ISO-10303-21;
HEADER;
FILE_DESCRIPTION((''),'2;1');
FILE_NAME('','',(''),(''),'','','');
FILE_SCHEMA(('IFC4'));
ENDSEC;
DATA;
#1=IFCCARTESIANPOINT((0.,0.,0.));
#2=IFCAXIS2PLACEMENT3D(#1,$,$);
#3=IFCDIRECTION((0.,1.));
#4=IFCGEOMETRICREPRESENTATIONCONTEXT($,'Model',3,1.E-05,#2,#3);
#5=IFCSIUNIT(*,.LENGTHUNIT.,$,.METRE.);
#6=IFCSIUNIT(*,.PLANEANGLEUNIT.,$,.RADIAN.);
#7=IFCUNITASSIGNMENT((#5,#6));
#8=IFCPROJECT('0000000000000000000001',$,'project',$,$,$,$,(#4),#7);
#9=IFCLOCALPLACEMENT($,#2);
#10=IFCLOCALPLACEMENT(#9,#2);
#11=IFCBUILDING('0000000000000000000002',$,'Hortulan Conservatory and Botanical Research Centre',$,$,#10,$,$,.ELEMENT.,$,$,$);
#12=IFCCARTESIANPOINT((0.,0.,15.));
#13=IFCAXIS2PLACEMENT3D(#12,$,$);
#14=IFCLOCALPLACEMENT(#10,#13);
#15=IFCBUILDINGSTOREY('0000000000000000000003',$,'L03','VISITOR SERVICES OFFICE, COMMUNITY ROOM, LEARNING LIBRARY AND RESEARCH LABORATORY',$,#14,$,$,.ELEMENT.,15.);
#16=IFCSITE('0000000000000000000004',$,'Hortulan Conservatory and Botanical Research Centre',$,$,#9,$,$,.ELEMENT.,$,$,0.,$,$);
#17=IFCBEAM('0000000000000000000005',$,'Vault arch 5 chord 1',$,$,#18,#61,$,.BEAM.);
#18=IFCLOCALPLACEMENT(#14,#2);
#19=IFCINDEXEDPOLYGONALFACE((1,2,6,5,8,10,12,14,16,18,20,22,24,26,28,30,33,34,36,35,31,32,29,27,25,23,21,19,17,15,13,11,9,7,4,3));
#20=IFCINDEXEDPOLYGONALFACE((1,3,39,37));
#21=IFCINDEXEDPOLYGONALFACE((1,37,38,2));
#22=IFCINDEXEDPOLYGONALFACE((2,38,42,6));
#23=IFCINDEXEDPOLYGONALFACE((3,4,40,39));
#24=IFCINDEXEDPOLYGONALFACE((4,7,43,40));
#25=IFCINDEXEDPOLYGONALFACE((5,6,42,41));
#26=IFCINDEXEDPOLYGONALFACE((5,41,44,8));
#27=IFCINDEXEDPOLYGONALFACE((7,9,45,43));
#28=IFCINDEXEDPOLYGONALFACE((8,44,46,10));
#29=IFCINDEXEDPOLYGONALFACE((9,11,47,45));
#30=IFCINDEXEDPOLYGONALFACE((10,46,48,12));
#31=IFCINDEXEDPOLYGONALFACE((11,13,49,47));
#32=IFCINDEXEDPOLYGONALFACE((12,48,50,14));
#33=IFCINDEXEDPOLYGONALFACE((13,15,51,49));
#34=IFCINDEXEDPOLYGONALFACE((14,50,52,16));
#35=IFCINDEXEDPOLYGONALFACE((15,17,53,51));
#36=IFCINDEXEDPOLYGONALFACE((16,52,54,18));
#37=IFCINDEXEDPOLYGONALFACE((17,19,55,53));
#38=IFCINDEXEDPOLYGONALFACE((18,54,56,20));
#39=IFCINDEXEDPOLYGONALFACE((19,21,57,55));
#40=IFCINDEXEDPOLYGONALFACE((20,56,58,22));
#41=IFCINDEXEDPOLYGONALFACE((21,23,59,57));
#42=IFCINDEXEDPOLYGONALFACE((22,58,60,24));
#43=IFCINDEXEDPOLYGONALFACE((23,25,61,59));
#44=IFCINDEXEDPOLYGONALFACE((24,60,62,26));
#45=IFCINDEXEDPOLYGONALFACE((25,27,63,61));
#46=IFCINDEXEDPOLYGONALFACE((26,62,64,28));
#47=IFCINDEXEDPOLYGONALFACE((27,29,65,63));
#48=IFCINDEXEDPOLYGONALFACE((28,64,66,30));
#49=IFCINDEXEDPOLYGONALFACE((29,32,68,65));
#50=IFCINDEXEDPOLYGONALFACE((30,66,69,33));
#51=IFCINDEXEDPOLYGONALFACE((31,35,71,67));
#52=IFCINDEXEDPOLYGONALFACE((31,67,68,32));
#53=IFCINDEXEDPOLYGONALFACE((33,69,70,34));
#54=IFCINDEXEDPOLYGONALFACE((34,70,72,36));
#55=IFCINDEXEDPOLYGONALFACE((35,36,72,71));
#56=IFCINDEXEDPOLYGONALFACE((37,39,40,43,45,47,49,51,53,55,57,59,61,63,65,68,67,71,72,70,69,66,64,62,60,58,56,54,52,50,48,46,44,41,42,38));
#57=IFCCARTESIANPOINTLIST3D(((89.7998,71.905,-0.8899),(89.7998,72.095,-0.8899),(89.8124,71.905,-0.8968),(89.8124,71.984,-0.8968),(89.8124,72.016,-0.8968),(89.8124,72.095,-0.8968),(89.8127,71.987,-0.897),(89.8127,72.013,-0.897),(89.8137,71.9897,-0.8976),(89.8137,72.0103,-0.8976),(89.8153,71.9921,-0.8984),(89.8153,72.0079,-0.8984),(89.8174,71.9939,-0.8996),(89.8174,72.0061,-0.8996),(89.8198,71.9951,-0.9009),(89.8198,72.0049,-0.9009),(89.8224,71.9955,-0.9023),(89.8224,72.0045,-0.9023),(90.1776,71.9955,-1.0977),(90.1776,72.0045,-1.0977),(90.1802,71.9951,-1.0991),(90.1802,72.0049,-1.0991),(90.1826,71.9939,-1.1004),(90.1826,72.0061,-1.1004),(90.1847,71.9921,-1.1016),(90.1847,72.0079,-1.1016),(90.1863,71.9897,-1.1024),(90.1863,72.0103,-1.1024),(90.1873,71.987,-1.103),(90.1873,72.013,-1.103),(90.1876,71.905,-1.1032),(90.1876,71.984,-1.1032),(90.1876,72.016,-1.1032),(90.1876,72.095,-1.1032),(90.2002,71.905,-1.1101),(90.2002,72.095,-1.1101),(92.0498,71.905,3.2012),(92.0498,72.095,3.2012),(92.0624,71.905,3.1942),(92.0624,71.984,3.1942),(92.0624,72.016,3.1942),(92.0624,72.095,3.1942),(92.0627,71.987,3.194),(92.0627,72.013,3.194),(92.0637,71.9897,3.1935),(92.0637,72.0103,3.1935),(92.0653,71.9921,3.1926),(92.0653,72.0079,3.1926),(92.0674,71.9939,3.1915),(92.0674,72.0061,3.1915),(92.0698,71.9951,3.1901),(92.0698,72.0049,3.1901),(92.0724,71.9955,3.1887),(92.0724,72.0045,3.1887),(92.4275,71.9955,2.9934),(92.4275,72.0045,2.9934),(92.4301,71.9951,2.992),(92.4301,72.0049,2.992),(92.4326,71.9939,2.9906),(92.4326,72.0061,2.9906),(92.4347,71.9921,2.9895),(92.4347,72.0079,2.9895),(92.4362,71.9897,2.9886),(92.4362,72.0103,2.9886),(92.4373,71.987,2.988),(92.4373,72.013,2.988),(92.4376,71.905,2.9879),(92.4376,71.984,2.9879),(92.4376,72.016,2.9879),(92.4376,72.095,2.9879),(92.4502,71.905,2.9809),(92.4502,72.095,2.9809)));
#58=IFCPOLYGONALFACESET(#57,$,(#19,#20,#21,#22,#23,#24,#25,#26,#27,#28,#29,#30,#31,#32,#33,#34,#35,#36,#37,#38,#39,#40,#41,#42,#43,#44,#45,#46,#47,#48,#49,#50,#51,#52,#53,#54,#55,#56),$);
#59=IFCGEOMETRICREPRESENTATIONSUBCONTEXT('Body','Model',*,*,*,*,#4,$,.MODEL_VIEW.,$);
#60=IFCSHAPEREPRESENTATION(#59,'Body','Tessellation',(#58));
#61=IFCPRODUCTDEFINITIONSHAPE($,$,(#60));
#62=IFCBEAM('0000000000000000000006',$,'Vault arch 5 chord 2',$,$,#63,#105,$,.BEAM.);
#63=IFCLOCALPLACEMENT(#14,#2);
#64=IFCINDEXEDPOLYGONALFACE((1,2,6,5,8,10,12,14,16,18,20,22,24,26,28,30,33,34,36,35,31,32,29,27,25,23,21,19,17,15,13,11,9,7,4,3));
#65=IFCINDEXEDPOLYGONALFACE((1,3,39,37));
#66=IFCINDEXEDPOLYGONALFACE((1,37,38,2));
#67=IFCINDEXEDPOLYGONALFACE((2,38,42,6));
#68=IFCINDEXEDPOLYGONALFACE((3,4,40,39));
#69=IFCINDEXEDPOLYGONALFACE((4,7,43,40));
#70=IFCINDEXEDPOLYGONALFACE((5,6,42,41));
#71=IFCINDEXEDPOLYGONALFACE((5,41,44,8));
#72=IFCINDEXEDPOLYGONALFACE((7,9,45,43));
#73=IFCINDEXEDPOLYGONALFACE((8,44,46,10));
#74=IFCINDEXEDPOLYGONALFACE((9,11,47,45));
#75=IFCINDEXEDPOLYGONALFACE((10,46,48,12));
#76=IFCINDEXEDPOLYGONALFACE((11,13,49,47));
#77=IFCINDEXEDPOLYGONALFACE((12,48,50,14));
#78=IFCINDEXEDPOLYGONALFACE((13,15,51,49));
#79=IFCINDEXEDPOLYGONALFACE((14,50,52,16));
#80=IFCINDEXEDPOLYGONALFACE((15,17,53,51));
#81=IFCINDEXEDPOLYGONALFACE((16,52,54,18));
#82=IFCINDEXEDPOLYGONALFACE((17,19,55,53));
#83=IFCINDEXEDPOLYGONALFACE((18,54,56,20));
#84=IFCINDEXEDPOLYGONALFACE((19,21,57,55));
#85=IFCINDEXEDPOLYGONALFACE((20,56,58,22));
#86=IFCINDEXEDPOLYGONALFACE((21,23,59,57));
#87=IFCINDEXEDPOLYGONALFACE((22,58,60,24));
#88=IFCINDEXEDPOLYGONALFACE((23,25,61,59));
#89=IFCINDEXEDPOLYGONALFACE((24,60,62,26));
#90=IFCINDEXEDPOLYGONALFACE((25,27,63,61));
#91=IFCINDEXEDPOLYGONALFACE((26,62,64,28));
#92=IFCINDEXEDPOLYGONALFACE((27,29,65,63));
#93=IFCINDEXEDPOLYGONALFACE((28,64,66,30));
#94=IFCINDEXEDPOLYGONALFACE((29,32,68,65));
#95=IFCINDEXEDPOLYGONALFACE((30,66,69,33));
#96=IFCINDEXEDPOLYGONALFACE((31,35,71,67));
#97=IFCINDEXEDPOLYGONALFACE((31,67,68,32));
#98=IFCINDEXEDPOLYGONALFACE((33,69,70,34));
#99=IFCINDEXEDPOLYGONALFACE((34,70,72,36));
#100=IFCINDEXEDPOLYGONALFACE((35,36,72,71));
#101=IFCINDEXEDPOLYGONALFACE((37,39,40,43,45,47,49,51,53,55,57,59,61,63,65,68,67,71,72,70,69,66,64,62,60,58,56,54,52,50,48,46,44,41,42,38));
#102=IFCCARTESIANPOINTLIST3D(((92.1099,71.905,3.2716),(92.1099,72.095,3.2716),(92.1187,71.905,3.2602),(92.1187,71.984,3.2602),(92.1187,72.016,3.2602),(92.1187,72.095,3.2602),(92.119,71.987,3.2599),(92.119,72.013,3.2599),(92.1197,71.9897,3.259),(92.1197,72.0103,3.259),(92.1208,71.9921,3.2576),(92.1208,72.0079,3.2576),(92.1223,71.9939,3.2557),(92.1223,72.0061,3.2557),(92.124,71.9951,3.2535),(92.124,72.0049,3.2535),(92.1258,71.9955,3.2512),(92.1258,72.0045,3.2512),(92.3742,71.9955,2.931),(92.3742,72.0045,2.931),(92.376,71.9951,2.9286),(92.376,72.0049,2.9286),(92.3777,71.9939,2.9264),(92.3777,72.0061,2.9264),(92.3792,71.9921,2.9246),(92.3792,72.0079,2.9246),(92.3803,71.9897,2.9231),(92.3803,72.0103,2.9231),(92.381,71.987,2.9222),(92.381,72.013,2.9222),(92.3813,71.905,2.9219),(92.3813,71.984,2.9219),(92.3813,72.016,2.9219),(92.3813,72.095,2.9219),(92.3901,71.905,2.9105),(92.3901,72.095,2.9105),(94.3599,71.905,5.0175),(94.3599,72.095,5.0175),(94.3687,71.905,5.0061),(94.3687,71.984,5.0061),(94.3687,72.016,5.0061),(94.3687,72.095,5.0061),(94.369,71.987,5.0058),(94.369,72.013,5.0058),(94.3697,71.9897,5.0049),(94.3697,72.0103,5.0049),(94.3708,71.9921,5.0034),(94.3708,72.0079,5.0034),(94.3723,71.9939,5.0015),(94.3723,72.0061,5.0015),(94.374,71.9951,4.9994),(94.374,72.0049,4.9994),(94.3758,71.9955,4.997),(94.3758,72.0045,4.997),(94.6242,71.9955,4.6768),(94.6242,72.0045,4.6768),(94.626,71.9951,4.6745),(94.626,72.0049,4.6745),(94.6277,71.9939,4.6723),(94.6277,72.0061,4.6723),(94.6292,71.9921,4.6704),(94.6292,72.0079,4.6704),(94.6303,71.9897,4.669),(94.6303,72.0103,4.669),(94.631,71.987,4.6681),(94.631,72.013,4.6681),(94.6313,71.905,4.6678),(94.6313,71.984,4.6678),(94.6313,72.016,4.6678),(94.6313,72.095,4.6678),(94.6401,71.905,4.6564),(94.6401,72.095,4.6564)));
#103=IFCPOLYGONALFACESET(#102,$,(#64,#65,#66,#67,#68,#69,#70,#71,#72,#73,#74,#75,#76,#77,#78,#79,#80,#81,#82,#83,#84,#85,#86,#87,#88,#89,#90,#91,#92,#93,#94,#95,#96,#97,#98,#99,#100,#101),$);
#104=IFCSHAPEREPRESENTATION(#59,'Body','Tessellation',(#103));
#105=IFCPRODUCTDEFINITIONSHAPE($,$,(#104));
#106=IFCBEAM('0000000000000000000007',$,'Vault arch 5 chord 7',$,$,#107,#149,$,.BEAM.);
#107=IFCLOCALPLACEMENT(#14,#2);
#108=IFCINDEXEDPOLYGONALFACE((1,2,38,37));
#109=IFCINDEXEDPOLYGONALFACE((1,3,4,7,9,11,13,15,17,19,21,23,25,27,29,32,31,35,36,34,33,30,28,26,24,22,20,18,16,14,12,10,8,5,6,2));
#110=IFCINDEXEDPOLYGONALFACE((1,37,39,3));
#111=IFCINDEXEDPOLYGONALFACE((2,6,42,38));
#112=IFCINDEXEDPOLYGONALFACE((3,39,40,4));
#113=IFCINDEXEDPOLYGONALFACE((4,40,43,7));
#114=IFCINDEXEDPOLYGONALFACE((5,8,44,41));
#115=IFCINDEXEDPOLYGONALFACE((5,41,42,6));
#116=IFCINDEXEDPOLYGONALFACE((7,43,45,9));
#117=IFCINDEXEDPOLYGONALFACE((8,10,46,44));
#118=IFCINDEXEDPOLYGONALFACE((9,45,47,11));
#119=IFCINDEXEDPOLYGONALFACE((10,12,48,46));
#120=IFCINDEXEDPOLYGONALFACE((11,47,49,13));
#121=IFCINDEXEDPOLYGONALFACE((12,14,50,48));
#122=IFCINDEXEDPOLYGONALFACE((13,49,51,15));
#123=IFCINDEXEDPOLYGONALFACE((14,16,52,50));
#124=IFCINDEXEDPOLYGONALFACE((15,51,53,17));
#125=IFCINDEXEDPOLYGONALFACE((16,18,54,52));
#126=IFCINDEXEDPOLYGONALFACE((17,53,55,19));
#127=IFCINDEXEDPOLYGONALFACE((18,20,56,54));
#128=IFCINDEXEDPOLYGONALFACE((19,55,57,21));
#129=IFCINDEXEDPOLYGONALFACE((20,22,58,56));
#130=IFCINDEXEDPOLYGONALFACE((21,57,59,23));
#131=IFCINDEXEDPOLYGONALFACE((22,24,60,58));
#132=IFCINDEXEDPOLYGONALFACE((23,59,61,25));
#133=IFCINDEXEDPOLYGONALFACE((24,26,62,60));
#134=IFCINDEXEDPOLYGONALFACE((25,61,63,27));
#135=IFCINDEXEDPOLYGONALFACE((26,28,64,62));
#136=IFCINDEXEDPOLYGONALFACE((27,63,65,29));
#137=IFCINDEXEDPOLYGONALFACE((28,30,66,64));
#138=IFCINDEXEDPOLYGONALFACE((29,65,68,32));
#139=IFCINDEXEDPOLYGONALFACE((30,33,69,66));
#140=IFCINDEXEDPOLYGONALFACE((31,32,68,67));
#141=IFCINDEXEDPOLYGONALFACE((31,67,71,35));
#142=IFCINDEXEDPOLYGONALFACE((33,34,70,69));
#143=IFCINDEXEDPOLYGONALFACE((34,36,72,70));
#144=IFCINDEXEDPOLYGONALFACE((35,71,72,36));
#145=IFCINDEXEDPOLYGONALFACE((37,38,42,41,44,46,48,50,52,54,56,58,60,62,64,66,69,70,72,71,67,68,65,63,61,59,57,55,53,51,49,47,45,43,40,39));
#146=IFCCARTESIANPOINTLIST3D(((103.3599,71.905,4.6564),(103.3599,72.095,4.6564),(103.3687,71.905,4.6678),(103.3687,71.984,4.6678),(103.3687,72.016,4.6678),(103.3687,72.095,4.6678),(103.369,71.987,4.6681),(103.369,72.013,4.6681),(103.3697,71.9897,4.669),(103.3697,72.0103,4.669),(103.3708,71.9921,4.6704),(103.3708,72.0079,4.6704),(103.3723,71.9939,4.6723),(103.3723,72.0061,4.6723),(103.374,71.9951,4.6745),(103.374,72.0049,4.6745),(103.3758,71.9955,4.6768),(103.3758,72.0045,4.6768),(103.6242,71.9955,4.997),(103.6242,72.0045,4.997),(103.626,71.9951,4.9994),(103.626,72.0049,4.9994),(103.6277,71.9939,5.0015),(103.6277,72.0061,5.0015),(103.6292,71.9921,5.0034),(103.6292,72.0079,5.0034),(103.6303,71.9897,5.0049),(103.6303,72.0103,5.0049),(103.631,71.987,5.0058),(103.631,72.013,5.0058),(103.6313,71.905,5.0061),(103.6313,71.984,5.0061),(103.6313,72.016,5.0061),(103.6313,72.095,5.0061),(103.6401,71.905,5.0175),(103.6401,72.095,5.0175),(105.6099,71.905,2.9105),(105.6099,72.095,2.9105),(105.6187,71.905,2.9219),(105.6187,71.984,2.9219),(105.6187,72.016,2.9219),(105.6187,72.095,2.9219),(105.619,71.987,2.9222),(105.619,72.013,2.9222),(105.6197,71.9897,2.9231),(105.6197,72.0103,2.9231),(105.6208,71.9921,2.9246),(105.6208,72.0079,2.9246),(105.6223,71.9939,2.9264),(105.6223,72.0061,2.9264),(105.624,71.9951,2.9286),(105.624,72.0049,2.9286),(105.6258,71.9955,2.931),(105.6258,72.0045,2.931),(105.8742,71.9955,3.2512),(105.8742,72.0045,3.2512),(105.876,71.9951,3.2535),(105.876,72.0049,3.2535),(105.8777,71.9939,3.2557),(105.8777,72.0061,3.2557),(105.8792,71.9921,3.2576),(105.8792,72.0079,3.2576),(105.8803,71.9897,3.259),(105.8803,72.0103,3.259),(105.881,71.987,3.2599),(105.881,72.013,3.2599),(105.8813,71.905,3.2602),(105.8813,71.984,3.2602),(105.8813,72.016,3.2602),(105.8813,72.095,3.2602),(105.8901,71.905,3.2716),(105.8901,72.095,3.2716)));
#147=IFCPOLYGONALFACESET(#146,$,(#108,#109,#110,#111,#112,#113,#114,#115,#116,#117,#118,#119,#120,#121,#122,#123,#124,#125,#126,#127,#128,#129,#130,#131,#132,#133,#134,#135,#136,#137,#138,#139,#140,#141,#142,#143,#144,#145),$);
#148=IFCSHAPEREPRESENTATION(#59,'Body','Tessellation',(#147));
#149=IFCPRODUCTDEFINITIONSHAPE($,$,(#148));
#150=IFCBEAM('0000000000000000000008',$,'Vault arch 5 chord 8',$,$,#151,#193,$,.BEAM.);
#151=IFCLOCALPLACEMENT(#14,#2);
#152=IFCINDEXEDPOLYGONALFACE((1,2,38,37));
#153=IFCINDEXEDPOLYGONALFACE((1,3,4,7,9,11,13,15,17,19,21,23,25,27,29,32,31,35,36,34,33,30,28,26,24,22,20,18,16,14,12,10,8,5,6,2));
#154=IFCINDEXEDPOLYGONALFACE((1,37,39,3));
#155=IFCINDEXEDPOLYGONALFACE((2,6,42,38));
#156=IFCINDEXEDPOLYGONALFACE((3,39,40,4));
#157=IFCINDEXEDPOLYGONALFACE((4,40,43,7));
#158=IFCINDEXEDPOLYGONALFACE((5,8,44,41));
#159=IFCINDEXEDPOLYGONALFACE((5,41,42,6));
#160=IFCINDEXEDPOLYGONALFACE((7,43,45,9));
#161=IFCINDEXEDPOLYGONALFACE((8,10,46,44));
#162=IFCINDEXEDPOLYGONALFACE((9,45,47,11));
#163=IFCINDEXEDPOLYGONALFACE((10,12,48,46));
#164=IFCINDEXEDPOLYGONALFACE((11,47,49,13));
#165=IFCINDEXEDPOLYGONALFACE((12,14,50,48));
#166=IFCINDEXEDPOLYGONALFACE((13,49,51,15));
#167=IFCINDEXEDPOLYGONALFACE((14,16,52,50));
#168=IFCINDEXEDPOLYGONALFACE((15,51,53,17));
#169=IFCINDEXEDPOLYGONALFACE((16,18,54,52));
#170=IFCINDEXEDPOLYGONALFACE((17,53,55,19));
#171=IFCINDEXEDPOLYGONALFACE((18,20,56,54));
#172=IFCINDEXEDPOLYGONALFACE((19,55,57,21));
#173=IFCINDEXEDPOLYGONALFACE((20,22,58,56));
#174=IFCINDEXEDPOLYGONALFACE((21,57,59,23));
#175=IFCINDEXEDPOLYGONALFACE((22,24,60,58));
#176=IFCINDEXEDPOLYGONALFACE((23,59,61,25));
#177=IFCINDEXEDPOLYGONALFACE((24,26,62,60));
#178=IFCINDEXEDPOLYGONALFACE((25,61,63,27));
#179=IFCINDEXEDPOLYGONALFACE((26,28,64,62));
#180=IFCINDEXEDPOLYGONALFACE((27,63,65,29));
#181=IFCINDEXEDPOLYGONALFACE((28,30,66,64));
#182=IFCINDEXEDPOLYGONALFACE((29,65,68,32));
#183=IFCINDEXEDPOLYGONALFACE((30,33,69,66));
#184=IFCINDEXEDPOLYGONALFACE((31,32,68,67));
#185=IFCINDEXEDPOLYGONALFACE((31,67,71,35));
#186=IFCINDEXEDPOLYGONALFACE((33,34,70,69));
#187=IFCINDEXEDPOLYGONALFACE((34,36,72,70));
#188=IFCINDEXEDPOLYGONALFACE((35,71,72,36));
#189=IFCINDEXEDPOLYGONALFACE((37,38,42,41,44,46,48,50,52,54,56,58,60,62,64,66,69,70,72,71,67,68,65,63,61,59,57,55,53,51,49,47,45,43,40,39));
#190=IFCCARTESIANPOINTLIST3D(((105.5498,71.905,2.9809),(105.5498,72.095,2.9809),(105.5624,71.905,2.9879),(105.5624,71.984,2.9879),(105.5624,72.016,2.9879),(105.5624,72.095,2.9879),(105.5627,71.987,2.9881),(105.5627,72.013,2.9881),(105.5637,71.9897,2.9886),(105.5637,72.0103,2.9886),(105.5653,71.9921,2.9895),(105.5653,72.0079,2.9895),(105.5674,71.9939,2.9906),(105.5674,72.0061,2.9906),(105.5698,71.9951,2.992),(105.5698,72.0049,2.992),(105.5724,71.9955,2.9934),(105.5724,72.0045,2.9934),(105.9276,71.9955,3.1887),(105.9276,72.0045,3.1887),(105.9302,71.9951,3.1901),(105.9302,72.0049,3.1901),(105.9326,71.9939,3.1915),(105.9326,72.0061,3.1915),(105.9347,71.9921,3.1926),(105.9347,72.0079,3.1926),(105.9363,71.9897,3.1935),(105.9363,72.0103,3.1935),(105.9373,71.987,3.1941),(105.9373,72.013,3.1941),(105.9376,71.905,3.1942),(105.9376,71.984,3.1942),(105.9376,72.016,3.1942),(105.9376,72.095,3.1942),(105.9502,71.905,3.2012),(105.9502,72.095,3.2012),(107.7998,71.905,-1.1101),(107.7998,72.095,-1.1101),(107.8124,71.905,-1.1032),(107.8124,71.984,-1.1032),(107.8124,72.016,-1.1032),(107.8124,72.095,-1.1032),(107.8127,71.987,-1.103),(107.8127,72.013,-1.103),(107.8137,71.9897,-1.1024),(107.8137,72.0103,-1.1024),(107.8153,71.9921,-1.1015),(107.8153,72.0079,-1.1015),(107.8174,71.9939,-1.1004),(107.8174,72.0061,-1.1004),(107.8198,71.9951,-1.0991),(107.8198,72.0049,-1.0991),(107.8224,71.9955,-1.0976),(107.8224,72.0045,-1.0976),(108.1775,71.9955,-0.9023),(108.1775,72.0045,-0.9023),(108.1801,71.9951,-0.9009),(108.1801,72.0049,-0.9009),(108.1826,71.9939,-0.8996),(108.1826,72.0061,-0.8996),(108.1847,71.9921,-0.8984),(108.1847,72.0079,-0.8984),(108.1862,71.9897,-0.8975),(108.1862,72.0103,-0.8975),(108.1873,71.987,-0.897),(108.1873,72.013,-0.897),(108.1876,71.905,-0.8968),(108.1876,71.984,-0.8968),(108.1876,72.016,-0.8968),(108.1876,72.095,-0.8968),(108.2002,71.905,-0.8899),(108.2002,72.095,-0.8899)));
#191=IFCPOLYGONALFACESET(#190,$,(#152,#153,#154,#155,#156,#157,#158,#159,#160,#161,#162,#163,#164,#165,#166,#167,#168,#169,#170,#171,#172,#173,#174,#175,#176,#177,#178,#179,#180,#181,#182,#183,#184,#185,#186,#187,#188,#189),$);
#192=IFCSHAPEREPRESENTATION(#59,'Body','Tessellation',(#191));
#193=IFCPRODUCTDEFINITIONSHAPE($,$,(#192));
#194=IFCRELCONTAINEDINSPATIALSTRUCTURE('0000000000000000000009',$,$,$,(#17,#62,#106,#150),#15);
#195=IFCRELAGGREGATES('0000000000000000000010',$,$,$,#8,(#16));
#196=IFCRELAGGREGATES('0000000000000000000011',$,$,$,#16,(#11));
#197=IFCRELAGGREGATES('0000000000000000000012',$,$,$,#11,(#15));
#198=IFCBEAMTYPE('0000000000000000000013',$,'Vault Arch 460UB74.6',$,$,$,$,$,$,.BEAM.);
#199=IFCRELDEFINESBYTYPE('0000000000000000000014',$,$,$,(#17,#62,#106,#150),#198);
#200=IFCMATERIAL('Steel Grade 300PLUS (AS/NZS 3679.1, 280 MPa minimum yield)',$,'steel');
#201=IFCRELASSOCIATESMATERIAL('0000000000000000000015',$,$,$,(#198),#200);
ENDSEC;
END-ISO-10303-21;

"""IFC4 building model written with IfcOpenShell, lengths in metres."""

from ifc_helpers import new_model, si_unit, direction, frame, origin, origin_2d, place, context, subcontext, project, spatial, i_section, extrude, material, material_profile, profile_set, type_object, element, save


model = new_model("IFC4")

# Units and contexts
model_context = context("Model", 3, precision=1e-05, world=origin(), true_north=direction((0.0, 1.0)))
body_context = subcontext(model_context, "Body", "Model", "MODEL_VIEW")
ifc_project = project(units=[si_unit("LENGTHUNIT", "METRE"), si_unit("PLANEANGLEUNIT", "RADIAN")], contexts=[model_context])

# Site, building, storey
site_placement = place(None, origin())
site = spatial("IfcSite", under=ifc_project, at=site_placement, Name="Hortulan Conservatory and Botanical Research Centre", CompositionType="ELEMENT", RefElevation=0.0)
building_placement = place(site_placement, origin())
building = spatial("IfcBuilding", under=site, at=building_placement, Name="Hortulan Conservatory and Botanical Research Centre", CompositionType="ELEMENT")
storey_placement = place(building_placement, frame((0.0, 0.0, 15.0)))
storey = spatial("IfcBuildingStorey", under=building, at=storey_placement, Name="L03", Description="VISITOR SERVICES OFFICE, COMMUNITY ROOM, LEARNING LIBRARY AND RESEARCH LABORATORY", CompositionType="ELEMENT", Elevation=15.0)

# Beams
ifc_material_1 = material(Name="Steel Grade 300PLUS (AS/NZS 3679.1, 280 MPa minimum yield)", Category="steel")
ifc_material_profile_1 = material_profile(ifc_material_1, i_section(OverallWidth=0.1899, OverallDepth=0.457, WebThickness=0.009, FlangeThickness=0.0144, FilletRadius=0.0115, at=origin_2d()), Name="460UB74.6")
ifc_profile_set_1 = profile_set([ifc_material_profile_1], Name="Steel Grade 300PLUS (AS/NZS 3679.1, 280 MPa minimum yield)")
beam_type_1 = type_object("IfcBeamType", Name="Vault Arch 460UB74.6", PredefinedType="BEAM", material=ifc_profile_set_1)
for number, where, z_axis, x_axis, name in (
    (1, (90.0, 72.0, -1.0), (0.481905, 0.0, 0.876224), (0.0, 1.0, 0.0), "Vault arch 5 chord 1"),
):
    element("IfcBeam", number, at=place(storey_placement, frame(where, z_axis=z_axis, x_axis=x_axis)), inside=storey, type_object=beam_type_1, Name=name, PredefinedType="BEAM", context=body_context, shape_type="SweptSolid", body=[
        extrude(i_section(OverallWidth=0.1899, OverallDepth=0.457, WebThickness=0.009, FlangeThickness=0.0144, FilletRadius=0.0115, at=origin_2d()), origin(), (0.0, 0.0, 1.0), 4.6689),
    ])
for number, where, z_axis, x_axis, name in (
    (2, (92.25, 72.0, 3.0911), (0.790058, 0.0, 0.613032), (0.0, 1.0, 0.0), "Vault arch 5 chord 2"),
    (3, (103.5, 72.0, 4.8369), (0.790058, 0.0, -0.613032), (0.0, 1.0, 0.0), "Vault arch 5 chord 7"),
):
    element("IfcBeam", number, at=place(storey_placement, frame(where, z_axis=z_axis, x_axis=x_axis)), inside=storey, type_object=beam_type_1, Name=name, PredefinedType="BEAM", context=body_context, shape_type="SweptSolid", body=[
        extrude(i_section(OverallWidth=0.1899, OverallDepth=0.457, WebThickness=0.009, FlangeThickness=0.0144, FilletRadius=0.0115, at=origin_2d()), origin(), (0.0, 0.0, 1.0), 2.8479),
    ])
beam_1_placement = place(storey_placement, frame((105.75, 72.0, 3.0911), z_axis=(0.481905, 0.0, -0.876224), x_axis=(0.0, 1.0, 0.0)))
element("IfcBeam", 4, at=beam_1_placement, inside=storey, type_object=beam_type_1, Name="Vault arch 5 chord 8", PredefinedType="BEAM", context=body_context, shape_type="SweptSolid", body=[
    extrude(i_section(OverallWidth=0.1899, OverallDepth=0.457, WebThickness=0.009, FlangeThickness=0.0144, FilletRadius=0.0115, at=origin_2d()), origin(), (0.0, 0.0, 1.0), 4.6689),
])

save(model, "model.ifc")
